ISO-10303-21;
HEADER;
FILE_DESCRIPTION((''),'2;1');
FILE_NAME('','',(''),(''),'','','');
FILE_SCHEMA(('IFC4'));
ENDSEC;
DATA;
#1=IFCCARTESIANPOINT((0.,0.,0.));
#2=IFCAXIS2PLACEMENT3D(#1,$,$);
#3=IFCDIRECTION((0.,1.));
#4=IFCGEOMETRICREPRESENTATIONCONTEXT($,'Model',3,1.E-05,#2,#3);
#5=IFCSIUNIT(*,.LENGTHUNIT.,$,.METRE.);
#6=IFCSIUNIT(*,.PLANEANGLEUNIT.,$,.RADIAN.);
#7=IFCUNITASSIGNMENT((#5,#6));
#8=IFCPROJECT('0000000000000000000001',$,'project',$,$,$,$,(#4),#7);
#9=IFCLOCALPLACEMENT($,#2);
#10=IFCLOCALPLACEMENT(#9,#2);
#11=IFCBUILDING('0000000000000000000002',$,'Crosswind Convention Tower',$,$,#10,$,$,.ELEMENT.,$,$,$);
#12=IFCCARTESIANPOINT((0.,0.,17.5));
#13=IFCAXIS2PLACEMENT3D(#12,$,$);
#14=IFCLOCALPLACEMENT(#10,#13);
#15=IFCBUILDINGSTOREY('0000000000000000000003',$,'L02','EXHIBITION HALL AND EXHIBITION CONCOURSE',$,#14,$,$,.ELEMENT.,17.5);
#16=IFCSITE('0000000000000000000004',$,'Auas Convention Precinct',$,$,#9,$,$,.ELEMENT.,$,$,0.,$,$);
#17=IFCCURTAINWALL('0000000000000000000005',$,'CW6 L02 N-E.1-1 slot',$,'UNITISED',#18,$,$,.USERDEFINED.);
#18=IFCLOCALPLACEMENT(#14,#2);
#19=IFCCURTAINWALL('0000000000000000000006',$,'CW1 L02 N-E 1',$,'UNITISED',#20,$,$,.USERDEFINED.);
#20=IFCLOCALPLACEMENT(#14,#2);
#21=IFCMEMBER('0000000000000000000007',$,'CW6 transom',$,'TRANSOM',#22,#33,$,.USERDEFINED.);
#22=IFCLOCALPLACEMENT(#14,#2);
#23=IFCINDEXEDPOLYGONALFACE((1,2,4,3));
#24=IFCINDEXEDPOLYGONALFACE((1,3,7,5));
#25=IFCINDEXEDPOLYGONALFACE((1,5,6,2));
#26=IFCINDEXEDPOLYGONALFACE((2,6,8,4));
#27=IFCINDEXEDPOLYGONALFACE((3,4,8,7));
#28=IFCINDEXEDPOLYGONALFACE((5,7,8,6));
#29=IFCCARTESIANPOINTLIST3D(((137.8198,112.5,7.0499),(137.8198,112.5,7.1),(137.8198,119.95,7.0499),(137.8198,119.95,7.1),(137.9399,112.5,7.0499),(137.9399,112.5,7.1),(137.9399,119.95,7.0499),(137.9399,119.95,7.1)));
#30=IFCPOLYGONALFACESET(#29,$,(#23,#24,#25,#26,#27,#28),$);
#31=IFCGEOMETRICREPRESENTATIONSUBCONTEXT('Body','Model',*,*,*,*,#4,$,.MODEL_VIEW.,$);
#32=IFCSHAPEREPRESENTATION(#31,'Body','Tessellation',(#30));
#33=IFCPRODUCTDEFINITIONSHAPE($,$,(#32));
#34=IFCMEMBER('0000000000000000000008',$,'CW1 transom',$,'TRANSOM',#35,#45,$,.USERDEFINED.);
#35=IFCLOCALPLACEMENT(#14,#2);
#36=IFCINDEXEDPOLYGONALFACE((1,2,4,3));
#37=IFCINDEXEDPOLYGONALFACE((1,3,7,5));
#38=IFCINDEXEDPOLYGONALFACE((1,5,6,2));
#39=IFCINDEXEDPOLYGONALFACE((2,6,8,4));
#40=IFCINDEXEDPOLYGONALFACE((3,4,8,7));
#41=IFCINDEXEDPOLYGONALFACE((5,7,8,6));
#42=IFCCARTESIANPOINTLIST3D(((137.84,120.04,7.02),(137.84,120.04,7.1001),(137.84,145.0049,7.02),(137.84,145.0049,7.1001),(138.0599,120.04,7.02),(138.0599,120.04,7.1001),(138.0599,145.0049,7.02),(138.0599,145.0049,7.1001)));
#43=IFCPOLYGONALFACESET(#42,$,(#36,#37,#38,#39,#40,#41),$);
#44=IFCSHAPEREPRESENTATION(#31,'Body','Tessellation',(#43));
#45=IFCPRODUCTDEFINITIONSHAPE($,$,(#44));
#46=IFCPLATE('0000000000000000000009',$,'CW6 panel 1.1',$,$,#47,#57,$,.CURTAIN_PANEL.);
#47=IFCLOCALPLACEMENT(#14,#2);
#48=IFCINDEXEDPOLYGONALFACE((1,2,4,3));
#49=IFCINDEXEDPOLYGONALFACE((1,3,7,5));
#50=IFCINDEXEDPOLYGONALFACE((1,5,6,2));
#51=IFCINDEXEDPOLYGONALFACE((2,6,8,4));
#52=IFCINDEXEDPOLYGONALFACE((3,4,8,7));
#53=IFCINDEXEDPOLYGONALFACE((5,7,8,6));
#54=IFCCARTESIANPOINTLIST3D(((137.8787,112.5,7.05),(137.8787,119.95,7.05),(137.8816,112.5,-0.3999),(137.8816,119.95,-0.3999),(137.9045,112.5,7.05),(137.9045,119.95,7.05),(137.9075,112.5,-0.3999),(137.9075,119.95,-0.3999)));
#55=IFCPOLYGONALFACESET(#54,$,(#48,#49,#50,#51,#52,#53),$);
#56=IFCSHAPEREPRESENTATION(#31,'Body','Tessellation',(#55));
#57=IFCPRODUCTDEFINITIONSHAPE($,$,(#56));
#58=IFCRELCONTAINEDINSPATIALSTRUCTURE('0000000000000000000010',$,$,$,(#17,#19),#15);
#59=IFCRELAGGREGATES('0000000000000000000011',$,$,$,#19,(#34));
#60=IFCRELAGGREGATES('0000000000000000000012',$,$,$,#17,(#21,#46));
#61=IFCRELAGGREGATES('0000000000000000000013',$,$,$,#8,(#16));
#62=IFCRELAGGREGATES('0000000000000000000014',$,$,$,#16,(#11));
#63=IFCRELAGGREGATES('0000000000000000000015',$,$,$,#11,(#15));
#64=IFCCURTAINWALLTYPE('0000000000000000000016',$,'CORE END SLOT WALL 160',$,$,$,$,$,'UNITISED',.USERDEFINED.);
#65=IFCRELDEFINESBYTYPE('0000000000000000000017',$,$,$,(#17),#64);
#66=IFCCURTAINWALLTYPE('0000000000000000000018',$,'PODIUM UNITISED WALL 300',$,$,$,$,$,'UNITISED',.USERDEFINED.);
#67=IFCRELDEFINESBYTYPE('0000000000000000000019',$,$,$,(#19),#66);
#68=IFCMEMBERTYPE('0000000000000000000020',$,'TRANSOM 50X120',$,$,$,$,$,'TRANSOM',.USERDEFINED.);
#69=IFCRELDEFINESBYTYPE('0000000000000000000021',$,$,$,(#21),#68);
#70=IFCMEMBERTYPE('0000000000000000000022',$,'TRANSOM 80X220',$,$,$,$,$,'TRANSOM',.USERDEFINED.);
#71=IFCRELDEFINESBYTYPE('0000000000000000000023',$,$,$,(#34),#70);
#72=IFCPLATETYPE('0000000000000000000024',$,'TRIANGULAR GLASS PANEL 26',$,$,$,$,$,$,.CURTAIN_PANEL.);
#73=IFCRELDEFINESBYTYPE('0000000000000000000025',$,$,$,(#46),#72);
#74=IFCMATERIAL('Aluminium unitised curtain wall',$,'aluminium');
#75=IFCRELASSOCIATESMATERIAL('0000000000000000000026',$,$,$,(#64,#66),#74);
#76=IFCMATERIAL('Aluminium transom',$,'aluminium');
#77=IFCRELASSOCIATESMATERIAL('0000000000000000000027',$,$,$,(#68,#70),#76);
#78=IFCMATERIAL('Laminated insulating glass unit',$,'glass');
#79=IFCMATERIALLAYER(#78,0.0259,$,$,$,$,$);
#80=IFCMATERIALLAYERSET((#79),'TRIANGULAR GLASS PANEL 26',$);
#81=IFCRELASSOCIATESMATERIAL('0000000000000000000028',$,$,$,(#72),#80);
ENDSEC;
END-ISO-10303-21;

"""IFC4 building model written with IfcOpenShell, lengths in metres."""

from ifc_helpers import new_model, si_unit, direction, frame, origin, origin_2d, place, context, subcontext, project, spatial, polyline, rectangle, outline, extrude, material, layer, layer_set, material_profile, profile_set, type_object, element, aggregate, save


model = new_model("IFC4")

# Units and contexts
model_context = context("Model", 3, precision=1e-05, world=origin(), true_north=direction((0.0, 1.0)))
body_context = subcontext(model_context, "Body", "Model", "MODEL_VIEW")
ifc_project = project(units=[si_unit("LENGTHUNIT", "METRE"), si_unit("PLANEANGLEUNIT", "RADIAN")], contexts=[model_context])

# Site, building, storey
site_placement = place(None, origin())
site = spatial("IfcSite", under=ifc_project, at=site_placement, Name="Auas Convention Precinct", CompositionType="ELEMENT", RefElevation=0.0)
building_placement = place(site_placement, origin())
building = spatial("IfcBuilding", under=site, at=building_placement, Name="Crosswind Convention Tower", CompositionType="ELEMENT")
storey_placement = place(building_placement, frame((0.0, 0.0, 17.5)))
storey = spatial("IfcBuildingStorey", under=building, at=storey_placement, Name="L02", Description="EXHIBITION HALL AND EXHIBITION CONCOURSE", CompositionType="ELEMENT", Elevation=17.5)

# Curtain wall
ifc_material_1 = material(Name="Aluminium unitised curtain wall", Category="aluminium")
curtain_wall_type_1 = type_object("IfcCurtainWallType", Name="CORE END SLOT WALL 160", ElementType="UNITISED", PredefinedType="USERDEFINED", material=ifc_material_1)
curtain_wall_1_placement = place(storey_placement, origin())
curtain_wall_1 = element("IfcCurtainWall", 1, at=curtain_wall_1_placement, inside=storey, type_object=curtain_wall_type_1, Name="CW6 L02 N-E.1-1 slot", ObjectType="UNITISED", PredefinedType="USERDEFINED")

# Curtain wall
curtain_wall_type_2 = type_object("IfcCurtainWallType", Name="PODIUM UNITISED WALL 300", ElementType="UNITISED", PredefinedType="USERDEFINED", material=ifc_material_1)
curtain_wall_2_placement = place(storey_placement, origin())
curtain_wall_2 = element("IfcCurtainWall", 2, at=curtain_wall_2_placement, inside=storey, type_object=curtain_wall_type_2, Name="CW1 L02 N-E 1", ObjectType="UNITISED", PredefinedType="USERDEFINED")

# Members
ifc_material_2 = material(Name="Aluminium transom", Category="aluminium")
ifc_material_profile_1 = material_profile(ifc_material_2, rectangle(XDim=0.1201, YDim=0.05, at=origin_2d()), Name="AL 120X50")
ifc_profile_set_1 = profile_set([ifc_material_profile_1], Name="Aluminium transom")
member_type_1 = type_object("IfcMemberType", Name="TRANSOM 50X120", ElementType="TRANSOM", PredefinedType="USERDEFINED", material=ifc_profile_set_1)
member_1_placement = place(storey_placement, frame((137.8799, 112.5, 7.075), z_axis=(0.0, 1.0, 0.0), x_axis=(-1.0, 0.0, 0.0)))
member_1 = element("IfcMember", 3, at=member_1_placement, type_object=member_type_1, Name="CW6 transom", ObjectType="TRANSOM", PredefinedType="USERDEFINED", context=body_context, shape_type="SweptSolid", body=[
    extrude(rectangle(XDim=0.1201, YDim=0.05, at=origin_2d()), origin(), (0.0, 0.0, 1.0), 7.45),
])
ifc_material_profile_2 = material_profile(ifc_material_2, rectangle(XDim=0.22, YDim=0.0801, at=origin_2d()), Name="AL 220X80")
ifc_profile_set_2 = profile_set([ifc_material_profile_2], Name="Aluminium transom")
member_type_2 = type_object("IfcMemberType", Name="TRANSOM 80X220", ElementType="TRANSOM", PredefinedType="USERDEFINED", material=ifc_profile_set_2)
member_2_placement = place(storey_placement, frame((137.95, 120.04, 7.0601), z_axis=(0.0, 1.0, 0.0), x_axis=(-1.0, 0.0, 0.0)))
member_2 = element("IfcMember", 4, at=member_2_placement, type_object=member_type_2, Name="CW1 transom", ObjectType="TRANSOM", PredefinedType="USERDEFINED", context=body_context, shape_type="SweptSolid", body=[
    extrude(rectangle(XDim=0.22, YDim=0.0801, at=origin_2d()), origin(), (0.0, 0.0, 1.0), 24.9648),
])
aggregate(curtain_wall_2, [member_2])

# Plate
ifc_material_3 = material(Name="Laminated insulating glass unit", Category="glass")
ifc_layer = layer(ifc_material_3, 0.0259)
ifc_layer_set = layer_set([ifc_layer], Name="TRIANGULAR GLASS PANEL 26")
plate_type = type_object("IfcPlateType", Name="TRIANGULAR GLASS PANEL 26", PredefinedType="CURTAIN_PANEL", material=ifc_layer_set)
plate_placement = place(storey_placement, frame((137.9075, 112.5, -0.3999), z_axis=(1.0, 0.0, 0.000393), x_axis=(0.0, 1.0, 0.0)))
plate = element("IfcPlate", 5, at=plate_placement, type_object=plate_type, Name="CW6 panel 1.1", PredefinedType="CURTAIN_PANEL", context=body_context, shape_type="SweptSolid", body=[
    extrude(outline(polyline([(0.0, 0.0), (7.45, 0.0), (7.45, 7.45), (0.0, 7.45), (0.0, 0.0)])), origin(), (0.0, 0.0, -1.0), 0.0259),
])
aggregate(curtain_wall_1, [member_1, plate])

save(model, "model.ifc")
